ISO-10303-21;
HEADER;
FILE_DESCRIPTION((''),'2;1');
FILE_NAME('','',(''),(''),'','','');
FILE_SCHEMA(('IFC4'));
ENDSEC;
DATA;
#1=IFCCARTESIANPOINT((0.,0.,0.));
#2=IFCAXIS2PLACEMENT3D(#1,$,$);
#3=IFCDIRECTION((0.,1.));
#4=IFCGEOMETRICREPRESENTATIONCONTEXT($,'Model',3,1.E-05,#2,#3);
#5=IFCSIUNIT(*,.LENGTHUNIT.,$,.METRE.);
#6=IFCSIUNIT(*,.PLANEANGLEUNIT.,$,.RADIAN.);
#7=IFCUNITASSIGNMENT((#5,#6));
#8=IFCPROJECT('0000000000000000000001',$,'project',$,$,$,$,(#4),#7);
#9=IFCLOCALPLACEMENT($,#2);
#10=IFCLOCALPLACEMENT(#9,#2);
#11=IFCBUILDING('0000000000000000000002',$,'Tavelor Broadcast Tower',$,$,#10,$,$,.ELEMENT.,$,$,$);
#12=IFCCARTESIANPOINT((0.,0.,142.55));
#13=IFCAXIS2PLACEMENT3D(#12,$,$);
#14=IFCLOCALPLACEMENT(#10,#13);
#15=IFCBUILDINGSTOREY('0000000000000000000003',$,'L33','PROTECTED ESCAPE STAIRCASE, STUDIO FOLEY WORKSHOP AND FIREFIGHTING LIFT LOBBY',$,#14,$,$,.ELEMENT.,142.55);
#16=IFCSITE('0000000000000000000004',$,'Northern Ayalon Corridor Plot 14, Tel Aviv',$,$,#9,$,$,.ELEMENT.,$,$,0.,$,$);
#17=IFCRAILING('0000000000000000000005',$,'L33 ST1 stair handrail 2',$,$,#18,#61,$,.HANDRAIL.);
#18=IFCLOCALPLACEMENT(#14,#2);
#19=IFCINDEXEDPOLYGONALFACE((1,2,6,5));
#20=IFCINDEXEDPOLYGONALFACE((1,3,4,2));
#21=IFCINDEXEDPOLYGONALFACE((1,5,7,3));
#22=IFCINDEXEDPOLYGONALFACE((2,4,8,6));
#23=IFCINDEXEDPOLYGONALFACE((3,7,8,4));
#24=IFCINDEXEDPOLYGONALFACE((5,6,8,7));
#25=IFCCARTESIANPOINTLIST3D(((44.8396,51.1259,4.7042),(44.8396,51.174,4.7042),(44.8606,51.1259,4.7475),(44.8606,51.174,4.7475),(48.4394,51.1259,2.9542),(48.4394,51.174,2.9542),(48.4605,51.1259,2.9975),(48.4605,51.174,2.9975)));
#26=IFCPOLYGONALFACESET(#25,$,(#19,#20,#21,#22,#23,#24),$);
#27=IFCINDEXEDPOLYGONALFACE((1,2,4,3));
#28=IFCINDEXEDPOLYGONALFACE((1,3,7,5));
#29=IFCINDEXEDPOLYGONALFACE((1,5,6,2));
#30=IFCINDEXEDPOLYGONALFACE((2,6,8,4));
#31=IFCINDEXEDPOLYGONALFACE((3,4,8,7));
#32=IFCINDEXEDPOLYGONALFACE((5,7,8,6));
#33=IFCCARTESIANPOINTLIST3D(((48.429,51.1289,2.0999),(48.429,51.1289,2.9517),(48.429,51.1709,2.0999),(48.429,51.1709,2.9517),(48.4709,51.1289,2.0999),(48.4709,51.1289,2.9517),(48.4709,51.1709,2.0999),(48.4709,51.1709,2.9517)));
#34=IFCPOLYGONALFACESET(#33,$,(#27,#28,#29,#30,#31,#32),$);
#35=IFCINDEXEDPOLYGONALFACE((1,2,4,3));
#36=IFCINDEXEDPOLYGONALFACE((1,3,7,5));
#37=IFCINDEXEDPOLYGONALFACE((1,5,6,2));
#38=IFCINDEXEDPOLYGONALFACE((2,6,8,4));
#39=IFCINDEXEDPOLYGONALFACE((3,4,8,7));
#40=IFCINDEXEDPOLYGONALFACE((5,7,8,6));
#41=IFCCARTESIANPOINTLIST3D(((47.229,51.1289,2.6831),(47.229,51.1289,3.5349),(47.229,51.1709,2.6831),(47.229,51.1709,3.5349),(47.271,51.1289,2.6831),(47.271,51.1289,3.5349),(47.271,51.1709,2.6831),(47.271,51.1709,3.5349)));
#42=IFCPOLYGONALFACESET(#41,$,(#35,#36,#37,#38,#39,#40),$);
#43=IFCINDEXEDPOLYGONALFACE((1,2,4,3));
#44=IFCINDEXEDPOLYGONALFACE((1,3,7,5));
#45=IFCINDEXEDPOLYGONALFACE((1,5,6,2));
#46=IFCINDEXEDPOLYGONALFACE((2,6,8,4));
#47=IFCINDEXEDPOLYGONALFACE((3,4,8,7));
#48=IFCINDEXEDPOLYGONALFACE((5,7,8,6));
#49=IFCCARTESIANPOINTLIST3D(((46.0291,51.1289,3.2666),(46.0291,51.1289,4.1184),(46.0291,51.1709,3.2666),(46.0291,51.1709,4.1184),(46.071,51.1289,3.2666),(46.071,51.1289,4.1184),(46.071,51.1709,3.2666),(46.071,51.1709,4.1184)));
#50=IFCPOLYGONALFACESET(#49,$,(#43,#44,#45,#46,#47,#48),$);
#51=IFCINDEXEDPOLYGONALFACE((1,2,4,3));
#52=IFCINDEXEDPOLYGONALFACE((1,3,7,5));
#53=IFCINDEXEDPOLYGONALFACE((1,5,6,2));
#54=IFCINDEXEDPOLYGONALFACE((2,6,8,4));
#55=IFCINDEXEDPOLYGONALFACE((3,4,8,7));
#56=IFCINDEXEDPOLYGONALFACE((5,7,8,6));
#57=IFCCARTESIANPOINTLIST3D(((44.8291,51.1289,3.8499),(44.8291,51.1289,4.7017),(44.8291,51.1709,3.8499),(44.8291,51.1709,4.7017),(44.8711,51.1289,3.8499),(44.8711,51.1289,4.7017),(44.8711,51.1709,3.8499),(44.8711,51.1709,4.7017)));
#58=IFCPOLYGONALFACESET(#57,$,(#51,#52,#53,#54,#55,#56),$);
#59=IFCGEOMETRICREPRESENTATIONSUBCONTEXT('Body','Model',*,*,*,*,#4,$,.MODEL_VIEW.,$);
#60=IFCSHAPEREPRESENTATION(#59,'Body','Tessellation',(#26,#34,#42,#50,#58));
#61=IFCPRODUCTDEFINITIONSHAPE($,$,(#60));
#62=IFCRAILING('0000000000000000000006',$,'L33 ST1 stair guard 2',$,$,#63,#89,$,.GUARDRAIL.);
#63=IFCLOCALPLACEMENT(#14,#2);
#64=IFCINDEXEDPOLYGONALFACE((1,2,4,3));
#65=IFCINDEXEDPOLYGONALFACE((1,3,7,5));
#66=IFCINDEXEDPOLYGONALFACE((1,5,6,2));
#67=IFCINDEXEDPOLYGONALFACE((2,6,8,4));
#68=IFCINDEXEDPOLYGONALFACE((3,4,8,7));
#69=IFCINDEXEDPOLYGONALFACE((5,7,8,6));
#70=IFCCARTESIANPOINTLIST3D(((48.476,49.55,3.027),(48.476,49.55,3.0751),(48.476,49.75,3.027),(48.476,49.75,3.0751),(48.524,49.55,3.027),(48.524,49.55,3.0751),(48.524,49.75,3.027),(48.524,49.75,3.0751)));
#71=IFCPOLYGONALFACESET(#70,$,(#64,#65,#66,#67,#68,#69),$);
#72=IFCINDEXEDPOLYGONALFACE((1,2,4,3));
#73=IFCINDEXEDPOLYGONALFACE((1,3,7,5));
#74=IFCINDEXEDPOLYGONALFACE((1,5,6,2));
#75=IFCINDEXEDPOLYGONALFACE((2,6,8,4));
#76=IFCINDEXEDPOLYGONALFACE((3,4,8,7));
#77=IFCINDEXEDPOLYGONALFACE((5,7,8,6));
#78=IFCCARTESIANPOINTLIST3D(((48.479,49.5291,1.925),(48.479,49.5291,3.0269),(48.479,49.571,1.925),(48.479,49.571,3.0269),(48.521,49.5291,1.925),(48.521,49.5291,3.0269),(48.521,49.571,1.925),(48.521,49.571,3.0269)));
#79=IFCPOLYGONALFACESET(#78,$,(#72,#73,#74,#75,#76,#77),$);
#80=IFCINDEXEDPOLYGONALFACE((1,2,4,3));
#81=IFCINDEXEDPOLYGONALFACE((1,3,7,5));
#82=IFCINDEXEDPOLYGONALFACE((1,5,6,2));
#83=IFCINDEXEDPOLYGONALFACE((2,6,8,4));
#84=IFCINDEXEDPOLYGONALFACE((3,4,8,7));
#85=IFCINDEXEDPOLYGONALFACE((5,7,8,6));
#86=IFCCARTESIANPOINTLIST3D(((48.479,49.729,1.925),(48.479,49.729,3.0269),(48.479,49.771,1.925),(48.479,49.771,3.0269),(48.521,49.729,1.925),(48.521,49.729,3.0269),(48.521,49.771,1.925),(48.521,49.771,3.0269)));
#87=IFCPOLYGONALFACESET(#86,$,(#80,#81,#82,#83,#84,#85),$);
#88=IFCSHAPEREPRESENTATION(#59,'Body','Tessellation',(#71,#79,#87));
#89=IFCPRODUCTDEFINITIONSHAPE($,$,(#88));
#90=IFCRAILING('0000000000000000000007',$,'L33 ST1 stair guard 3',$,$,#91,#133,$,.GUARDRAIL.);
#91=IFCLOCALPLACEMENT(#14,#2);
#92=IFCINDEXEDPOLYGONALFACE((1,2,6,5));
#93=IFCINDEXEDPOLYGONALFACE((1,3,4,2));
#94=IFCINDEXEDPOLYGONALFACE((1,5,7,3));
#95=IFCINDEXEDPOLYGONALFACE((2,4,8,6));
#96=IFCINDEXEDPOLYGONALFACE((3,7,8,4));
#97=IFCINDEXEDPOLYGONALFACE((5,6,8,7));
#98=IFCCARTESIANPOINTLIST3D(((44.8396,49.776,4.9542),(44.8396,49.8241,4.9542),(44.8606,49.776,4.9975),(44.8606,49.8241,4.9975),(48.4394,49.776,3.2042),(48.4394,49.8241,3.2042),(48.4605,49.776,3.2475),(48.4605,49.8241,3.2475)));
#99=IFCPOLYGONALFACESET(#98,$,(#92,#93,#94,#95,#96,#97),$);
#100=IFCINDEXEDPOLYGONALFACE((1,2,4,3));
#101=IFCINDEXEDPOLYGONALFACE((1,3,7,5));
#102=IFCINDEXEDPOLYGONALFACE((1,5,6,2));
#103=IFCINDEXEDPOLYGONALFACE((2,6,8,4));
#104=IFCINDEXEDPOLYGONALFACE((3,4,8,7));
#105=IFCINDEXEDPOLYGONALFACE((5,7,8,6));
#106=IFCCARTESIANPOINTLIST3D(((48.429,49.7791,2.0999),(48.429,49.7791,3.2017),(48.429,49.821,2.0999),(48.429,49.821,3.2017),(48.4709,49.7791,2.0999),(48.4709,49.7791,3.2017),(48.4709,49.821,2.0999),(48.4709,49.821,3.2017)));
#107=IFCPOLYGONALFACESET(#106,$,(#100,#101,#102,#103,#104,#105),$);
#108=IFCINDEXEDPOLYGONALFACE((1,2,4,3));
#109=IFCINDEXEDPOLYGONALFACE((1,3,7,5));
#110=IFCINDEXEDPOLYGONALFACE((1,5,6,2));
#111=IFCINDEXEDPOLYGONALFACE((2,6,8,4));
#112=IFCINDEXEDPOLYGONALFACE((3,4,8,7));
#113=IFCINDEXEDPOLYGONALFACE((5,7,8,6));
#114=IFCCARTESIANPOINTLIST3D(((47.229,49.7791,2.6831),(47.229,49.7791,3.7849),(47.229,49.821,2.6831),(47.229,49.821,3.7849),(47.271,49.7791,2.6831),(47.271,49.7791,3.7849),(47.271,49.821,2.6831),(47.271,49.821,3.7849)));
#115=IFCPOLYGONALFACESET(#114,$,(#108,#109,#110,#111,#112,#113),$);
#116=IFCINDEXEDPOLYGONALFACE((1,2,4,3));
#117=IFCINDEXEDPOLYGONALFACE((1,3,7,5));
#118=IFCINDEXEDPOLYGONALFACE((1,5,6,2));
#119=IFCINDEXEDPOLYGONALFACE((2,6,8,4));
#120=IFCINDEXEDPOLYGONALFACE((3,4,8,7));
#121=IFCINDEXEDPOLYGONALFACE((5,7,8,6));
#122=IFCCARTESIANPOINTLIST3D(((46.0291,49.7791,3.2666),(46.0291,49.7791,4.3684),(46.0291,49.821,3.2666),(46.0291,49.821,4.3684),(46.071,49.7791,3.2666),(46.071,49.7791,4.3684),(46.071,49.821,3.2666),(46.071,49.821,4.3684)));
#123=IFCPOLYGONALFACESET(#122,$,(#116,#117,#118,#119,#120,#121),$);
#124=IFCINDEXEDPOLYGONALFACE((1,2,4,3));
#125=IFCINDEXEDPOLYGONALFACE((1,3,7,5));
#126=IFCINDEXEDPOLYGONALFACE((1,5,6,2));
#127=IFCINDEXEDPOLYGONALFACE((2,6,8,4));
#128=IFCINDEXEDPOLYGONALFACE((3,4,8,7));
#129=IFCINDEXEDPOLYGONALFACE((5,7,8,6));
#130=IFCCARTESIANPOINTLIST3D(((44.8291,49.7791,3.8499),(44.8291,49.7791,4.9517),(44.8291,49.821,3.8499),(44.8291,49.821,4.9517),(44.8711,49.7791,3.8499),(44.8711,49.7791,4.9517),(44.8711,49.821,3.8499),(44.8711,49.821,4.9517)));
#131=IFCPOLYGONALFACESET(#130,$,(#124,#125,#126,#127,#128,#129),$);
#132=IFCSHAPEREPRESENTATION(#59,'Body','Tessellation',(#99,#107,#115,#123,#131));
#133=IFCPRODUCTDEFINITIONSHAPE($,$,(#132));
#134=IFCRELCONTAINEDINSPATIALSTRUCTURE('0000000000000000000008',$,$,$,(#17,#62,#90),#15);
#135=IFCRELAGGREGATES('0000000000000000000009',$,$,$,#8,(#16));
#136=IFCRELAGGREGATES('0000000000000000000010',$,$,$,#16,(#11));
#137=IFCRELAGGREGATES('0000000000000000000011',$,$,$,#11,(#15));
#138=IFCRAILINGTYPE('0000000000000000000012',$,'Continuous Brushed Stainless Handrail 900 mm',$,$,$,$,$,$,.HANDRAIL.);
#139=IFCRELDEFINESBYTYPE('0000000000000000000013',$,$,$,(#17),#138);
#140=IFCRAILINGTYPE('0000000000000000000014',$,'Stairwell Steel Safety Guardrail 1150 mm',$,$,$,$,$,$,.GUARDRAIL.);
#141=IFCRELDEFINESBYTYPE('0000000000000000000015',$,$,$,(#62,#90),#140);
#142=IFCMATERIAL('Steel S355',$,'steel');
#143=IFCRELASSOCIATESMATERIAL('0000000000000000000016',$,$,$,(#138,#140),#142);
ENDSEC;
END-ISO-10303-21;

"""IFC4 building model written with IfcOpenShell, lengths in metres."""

from ifc_helpers import new_model, si_unit, direction, frame, origin, origin_2d, place, context, subcontext, project, spatial, rectangle, extrude, material, type_object, element, save


model = new_model("IFC4")

# Units and contexts
model_context = context("Model", 3, precision=1e-05, world=origin(), true_north=direction((0.0, 1.0)))
body_context = subcontext(model_context, "Body", "Model", "MODEL_VIEW")
ifc_project = project(units=[si_unit("LENGTHUNIT", "METRE"), si_unit("PLANEANGLEUNIT", "RADIAN")], contexts=[model_context])

# Site, building, storey
site_placement = place(None, origin())
site = spatial("IfcSite", under=ifc_project, at=site_placement, Name="Northern Ayalon Corridor Plot 14, Tel Aviv", CompositionType="ELEMENT", RefElevation=0.0)
building_placement = place(site_placement, origin())
building = spatial("IfcBuilding", under=site, at=building_placement, Name="Tavelor Broadcast Tower", CompositionType="ELEMENT")
storey_placement = place(building_placement, frame((0.0, 0.0, 142.55)))
storey = spatial("IfcBuildingStorey", under=building, at=storey_placement, Name="L33", Description="PROTECTED ESCAPE STAIRCASE, STUDIO FOLEY WORKSHOP AND FIREFIGHTING LIFT LOBBY", CompositionType="ELEMENT", Elevation=142.55)

# Shared definitions
ifc_material_1 = material(Name="Steel S355", Category="steel")

# Railings
railing_type_1 = type_object("IfcRailingType", Name="Continuous Brushed Stainless Handrail 900 mm", PredefinedType="HANDRAIL", material=ifc_material_1)
railing_1_placement = place(storey_placement, frame((48.45, 51.1499, 2.0999)))
element("IfcRailing", 1, at=railing_1_placement, inside=storey, type_object=railing_type_1, Name="L33 ST1 stair handrail 2", PredefinedType="HANDRAIL", context=body_context, shape_type="SweptSolid", body=[
    extrude(rectangle(XDim=0.0481, YDim=0.0481, at=origin_2d()), frame((0.0, 0.0, 0.876), z_axis=(-0.899361, 0.0, 0.437207), x_axis=(0.0, -1.0, 0.0)), (0.0, 0.0, 1.0), 4.0027),
    extrude(rectangle(XDim=0.042, YDim=0.042, at=origin_2d()), origin(), (0.0, 0.0, 1.0), 0.8518),
    extrude(rectangle(XDim=0.042, YDim=0.042, at=origin_2d()), frame((-1.2, 0.0, 0.5833)), (0.0, 0.0, 1.0), 0.8518),
    extrude(rectangle(XDim=0.042, YDim=0.042, at=origin_2d()), frame((-2.3999, 0.0, 1.1667)), (0.0, 0.0, 1.0), 0.8518),
    extrude(rectangle(XDim=0.042, YDim=0.042, at=origin_2d()), frame((-3.5999, 0.0, 1.75)), (0.0, 0.0, 1.0), 0.8518),
])
railing_type_2 = type_object("IfcRailingType", Name="Stairwell Steel Safety Guardrail 1150 mm", PredefinedType="GUARDRAIL", material=ifc_material_1)
railing_2_placement = place(storey_placement, frame((48.5, 49.55, 1.925)))
element("IfcRailing", 2, at=railing_2_placement, inside=storey, type_object=railing_type_2, Name="L33 ST1 stair guard 2", PredefinedType="GUARDRAIL", context=body_context, shape_type="SweptSolid", body=[
    extrude(rectangle(XDim=0.0481, YDim=0.0481, at=origin_2d()), frame((0.0, 0.0, 1.126), z_axis=(0.0, 1.0, 0.0), x_axis=(-1.0, 0.0, 0.0)), (0.0, 0.0, 1.0), 0.2),
    extrude(rectangle(XDim=0.042, YDim=0.042, at=origin_2d()), origin(), (0.0, 0.0, 1.0), 1.1018),
    extrude(rectangle(XDim=0.042, YDim=0.042, at=origin_2d()), frame((0.0, 0.2, 0.0)), (0.0, 0.0, 1.0), 1.1018),
])
railing_3_placement = place(storey_placement, frame((48.45, 49.8, 2.0999)))
element("IfcRailing", 3, at=railing_3_placement, inside=storey, type_object=railing_type_2, Name="L33 ST1 stair guard 3", PredefinedType="GUARDRAIL", context=body_context, shape_type="SweptSolid", body=[
    extrude(rectangle(XDim=0.0481, YDim=0.0481, at=origin_2d()), frame((0.0, 0.0, 1.126), z_axis=(-0.899361, 0.0, 0.437207), x_axis=(0.0, -1.0, 0.0)), (0.0, 0.0, 1.0), 4.0027),
    extrude(rectangle(XDim=0.042, YDim=0.042, at=origin_2d()), origin(), (0.0, 0.0, 1.0), 1.1018),
    extrude(rectangle(XDim=0.042, YDim=0.042, at=origin_2d()), frame((-1.2, 0.0, 0.5833)), (0.0, 0.0, 1.0), 1.1018),
    extrude(rectangle(XDim=0.042, YDim=0.042, at=origin_2d()), frame((-2.3999, 0.0, 1.1667)), (0.0, 0.0, 1.0), 1.1018),
    extrude(rectangle(XDim=0.042, YDim=0.042, at=origin_2d()), frame((-3.5999, 0.0, 1.75)), (0.0, 0.0, 1.0), 1.1018),
])

save(model, "model.ifc")
